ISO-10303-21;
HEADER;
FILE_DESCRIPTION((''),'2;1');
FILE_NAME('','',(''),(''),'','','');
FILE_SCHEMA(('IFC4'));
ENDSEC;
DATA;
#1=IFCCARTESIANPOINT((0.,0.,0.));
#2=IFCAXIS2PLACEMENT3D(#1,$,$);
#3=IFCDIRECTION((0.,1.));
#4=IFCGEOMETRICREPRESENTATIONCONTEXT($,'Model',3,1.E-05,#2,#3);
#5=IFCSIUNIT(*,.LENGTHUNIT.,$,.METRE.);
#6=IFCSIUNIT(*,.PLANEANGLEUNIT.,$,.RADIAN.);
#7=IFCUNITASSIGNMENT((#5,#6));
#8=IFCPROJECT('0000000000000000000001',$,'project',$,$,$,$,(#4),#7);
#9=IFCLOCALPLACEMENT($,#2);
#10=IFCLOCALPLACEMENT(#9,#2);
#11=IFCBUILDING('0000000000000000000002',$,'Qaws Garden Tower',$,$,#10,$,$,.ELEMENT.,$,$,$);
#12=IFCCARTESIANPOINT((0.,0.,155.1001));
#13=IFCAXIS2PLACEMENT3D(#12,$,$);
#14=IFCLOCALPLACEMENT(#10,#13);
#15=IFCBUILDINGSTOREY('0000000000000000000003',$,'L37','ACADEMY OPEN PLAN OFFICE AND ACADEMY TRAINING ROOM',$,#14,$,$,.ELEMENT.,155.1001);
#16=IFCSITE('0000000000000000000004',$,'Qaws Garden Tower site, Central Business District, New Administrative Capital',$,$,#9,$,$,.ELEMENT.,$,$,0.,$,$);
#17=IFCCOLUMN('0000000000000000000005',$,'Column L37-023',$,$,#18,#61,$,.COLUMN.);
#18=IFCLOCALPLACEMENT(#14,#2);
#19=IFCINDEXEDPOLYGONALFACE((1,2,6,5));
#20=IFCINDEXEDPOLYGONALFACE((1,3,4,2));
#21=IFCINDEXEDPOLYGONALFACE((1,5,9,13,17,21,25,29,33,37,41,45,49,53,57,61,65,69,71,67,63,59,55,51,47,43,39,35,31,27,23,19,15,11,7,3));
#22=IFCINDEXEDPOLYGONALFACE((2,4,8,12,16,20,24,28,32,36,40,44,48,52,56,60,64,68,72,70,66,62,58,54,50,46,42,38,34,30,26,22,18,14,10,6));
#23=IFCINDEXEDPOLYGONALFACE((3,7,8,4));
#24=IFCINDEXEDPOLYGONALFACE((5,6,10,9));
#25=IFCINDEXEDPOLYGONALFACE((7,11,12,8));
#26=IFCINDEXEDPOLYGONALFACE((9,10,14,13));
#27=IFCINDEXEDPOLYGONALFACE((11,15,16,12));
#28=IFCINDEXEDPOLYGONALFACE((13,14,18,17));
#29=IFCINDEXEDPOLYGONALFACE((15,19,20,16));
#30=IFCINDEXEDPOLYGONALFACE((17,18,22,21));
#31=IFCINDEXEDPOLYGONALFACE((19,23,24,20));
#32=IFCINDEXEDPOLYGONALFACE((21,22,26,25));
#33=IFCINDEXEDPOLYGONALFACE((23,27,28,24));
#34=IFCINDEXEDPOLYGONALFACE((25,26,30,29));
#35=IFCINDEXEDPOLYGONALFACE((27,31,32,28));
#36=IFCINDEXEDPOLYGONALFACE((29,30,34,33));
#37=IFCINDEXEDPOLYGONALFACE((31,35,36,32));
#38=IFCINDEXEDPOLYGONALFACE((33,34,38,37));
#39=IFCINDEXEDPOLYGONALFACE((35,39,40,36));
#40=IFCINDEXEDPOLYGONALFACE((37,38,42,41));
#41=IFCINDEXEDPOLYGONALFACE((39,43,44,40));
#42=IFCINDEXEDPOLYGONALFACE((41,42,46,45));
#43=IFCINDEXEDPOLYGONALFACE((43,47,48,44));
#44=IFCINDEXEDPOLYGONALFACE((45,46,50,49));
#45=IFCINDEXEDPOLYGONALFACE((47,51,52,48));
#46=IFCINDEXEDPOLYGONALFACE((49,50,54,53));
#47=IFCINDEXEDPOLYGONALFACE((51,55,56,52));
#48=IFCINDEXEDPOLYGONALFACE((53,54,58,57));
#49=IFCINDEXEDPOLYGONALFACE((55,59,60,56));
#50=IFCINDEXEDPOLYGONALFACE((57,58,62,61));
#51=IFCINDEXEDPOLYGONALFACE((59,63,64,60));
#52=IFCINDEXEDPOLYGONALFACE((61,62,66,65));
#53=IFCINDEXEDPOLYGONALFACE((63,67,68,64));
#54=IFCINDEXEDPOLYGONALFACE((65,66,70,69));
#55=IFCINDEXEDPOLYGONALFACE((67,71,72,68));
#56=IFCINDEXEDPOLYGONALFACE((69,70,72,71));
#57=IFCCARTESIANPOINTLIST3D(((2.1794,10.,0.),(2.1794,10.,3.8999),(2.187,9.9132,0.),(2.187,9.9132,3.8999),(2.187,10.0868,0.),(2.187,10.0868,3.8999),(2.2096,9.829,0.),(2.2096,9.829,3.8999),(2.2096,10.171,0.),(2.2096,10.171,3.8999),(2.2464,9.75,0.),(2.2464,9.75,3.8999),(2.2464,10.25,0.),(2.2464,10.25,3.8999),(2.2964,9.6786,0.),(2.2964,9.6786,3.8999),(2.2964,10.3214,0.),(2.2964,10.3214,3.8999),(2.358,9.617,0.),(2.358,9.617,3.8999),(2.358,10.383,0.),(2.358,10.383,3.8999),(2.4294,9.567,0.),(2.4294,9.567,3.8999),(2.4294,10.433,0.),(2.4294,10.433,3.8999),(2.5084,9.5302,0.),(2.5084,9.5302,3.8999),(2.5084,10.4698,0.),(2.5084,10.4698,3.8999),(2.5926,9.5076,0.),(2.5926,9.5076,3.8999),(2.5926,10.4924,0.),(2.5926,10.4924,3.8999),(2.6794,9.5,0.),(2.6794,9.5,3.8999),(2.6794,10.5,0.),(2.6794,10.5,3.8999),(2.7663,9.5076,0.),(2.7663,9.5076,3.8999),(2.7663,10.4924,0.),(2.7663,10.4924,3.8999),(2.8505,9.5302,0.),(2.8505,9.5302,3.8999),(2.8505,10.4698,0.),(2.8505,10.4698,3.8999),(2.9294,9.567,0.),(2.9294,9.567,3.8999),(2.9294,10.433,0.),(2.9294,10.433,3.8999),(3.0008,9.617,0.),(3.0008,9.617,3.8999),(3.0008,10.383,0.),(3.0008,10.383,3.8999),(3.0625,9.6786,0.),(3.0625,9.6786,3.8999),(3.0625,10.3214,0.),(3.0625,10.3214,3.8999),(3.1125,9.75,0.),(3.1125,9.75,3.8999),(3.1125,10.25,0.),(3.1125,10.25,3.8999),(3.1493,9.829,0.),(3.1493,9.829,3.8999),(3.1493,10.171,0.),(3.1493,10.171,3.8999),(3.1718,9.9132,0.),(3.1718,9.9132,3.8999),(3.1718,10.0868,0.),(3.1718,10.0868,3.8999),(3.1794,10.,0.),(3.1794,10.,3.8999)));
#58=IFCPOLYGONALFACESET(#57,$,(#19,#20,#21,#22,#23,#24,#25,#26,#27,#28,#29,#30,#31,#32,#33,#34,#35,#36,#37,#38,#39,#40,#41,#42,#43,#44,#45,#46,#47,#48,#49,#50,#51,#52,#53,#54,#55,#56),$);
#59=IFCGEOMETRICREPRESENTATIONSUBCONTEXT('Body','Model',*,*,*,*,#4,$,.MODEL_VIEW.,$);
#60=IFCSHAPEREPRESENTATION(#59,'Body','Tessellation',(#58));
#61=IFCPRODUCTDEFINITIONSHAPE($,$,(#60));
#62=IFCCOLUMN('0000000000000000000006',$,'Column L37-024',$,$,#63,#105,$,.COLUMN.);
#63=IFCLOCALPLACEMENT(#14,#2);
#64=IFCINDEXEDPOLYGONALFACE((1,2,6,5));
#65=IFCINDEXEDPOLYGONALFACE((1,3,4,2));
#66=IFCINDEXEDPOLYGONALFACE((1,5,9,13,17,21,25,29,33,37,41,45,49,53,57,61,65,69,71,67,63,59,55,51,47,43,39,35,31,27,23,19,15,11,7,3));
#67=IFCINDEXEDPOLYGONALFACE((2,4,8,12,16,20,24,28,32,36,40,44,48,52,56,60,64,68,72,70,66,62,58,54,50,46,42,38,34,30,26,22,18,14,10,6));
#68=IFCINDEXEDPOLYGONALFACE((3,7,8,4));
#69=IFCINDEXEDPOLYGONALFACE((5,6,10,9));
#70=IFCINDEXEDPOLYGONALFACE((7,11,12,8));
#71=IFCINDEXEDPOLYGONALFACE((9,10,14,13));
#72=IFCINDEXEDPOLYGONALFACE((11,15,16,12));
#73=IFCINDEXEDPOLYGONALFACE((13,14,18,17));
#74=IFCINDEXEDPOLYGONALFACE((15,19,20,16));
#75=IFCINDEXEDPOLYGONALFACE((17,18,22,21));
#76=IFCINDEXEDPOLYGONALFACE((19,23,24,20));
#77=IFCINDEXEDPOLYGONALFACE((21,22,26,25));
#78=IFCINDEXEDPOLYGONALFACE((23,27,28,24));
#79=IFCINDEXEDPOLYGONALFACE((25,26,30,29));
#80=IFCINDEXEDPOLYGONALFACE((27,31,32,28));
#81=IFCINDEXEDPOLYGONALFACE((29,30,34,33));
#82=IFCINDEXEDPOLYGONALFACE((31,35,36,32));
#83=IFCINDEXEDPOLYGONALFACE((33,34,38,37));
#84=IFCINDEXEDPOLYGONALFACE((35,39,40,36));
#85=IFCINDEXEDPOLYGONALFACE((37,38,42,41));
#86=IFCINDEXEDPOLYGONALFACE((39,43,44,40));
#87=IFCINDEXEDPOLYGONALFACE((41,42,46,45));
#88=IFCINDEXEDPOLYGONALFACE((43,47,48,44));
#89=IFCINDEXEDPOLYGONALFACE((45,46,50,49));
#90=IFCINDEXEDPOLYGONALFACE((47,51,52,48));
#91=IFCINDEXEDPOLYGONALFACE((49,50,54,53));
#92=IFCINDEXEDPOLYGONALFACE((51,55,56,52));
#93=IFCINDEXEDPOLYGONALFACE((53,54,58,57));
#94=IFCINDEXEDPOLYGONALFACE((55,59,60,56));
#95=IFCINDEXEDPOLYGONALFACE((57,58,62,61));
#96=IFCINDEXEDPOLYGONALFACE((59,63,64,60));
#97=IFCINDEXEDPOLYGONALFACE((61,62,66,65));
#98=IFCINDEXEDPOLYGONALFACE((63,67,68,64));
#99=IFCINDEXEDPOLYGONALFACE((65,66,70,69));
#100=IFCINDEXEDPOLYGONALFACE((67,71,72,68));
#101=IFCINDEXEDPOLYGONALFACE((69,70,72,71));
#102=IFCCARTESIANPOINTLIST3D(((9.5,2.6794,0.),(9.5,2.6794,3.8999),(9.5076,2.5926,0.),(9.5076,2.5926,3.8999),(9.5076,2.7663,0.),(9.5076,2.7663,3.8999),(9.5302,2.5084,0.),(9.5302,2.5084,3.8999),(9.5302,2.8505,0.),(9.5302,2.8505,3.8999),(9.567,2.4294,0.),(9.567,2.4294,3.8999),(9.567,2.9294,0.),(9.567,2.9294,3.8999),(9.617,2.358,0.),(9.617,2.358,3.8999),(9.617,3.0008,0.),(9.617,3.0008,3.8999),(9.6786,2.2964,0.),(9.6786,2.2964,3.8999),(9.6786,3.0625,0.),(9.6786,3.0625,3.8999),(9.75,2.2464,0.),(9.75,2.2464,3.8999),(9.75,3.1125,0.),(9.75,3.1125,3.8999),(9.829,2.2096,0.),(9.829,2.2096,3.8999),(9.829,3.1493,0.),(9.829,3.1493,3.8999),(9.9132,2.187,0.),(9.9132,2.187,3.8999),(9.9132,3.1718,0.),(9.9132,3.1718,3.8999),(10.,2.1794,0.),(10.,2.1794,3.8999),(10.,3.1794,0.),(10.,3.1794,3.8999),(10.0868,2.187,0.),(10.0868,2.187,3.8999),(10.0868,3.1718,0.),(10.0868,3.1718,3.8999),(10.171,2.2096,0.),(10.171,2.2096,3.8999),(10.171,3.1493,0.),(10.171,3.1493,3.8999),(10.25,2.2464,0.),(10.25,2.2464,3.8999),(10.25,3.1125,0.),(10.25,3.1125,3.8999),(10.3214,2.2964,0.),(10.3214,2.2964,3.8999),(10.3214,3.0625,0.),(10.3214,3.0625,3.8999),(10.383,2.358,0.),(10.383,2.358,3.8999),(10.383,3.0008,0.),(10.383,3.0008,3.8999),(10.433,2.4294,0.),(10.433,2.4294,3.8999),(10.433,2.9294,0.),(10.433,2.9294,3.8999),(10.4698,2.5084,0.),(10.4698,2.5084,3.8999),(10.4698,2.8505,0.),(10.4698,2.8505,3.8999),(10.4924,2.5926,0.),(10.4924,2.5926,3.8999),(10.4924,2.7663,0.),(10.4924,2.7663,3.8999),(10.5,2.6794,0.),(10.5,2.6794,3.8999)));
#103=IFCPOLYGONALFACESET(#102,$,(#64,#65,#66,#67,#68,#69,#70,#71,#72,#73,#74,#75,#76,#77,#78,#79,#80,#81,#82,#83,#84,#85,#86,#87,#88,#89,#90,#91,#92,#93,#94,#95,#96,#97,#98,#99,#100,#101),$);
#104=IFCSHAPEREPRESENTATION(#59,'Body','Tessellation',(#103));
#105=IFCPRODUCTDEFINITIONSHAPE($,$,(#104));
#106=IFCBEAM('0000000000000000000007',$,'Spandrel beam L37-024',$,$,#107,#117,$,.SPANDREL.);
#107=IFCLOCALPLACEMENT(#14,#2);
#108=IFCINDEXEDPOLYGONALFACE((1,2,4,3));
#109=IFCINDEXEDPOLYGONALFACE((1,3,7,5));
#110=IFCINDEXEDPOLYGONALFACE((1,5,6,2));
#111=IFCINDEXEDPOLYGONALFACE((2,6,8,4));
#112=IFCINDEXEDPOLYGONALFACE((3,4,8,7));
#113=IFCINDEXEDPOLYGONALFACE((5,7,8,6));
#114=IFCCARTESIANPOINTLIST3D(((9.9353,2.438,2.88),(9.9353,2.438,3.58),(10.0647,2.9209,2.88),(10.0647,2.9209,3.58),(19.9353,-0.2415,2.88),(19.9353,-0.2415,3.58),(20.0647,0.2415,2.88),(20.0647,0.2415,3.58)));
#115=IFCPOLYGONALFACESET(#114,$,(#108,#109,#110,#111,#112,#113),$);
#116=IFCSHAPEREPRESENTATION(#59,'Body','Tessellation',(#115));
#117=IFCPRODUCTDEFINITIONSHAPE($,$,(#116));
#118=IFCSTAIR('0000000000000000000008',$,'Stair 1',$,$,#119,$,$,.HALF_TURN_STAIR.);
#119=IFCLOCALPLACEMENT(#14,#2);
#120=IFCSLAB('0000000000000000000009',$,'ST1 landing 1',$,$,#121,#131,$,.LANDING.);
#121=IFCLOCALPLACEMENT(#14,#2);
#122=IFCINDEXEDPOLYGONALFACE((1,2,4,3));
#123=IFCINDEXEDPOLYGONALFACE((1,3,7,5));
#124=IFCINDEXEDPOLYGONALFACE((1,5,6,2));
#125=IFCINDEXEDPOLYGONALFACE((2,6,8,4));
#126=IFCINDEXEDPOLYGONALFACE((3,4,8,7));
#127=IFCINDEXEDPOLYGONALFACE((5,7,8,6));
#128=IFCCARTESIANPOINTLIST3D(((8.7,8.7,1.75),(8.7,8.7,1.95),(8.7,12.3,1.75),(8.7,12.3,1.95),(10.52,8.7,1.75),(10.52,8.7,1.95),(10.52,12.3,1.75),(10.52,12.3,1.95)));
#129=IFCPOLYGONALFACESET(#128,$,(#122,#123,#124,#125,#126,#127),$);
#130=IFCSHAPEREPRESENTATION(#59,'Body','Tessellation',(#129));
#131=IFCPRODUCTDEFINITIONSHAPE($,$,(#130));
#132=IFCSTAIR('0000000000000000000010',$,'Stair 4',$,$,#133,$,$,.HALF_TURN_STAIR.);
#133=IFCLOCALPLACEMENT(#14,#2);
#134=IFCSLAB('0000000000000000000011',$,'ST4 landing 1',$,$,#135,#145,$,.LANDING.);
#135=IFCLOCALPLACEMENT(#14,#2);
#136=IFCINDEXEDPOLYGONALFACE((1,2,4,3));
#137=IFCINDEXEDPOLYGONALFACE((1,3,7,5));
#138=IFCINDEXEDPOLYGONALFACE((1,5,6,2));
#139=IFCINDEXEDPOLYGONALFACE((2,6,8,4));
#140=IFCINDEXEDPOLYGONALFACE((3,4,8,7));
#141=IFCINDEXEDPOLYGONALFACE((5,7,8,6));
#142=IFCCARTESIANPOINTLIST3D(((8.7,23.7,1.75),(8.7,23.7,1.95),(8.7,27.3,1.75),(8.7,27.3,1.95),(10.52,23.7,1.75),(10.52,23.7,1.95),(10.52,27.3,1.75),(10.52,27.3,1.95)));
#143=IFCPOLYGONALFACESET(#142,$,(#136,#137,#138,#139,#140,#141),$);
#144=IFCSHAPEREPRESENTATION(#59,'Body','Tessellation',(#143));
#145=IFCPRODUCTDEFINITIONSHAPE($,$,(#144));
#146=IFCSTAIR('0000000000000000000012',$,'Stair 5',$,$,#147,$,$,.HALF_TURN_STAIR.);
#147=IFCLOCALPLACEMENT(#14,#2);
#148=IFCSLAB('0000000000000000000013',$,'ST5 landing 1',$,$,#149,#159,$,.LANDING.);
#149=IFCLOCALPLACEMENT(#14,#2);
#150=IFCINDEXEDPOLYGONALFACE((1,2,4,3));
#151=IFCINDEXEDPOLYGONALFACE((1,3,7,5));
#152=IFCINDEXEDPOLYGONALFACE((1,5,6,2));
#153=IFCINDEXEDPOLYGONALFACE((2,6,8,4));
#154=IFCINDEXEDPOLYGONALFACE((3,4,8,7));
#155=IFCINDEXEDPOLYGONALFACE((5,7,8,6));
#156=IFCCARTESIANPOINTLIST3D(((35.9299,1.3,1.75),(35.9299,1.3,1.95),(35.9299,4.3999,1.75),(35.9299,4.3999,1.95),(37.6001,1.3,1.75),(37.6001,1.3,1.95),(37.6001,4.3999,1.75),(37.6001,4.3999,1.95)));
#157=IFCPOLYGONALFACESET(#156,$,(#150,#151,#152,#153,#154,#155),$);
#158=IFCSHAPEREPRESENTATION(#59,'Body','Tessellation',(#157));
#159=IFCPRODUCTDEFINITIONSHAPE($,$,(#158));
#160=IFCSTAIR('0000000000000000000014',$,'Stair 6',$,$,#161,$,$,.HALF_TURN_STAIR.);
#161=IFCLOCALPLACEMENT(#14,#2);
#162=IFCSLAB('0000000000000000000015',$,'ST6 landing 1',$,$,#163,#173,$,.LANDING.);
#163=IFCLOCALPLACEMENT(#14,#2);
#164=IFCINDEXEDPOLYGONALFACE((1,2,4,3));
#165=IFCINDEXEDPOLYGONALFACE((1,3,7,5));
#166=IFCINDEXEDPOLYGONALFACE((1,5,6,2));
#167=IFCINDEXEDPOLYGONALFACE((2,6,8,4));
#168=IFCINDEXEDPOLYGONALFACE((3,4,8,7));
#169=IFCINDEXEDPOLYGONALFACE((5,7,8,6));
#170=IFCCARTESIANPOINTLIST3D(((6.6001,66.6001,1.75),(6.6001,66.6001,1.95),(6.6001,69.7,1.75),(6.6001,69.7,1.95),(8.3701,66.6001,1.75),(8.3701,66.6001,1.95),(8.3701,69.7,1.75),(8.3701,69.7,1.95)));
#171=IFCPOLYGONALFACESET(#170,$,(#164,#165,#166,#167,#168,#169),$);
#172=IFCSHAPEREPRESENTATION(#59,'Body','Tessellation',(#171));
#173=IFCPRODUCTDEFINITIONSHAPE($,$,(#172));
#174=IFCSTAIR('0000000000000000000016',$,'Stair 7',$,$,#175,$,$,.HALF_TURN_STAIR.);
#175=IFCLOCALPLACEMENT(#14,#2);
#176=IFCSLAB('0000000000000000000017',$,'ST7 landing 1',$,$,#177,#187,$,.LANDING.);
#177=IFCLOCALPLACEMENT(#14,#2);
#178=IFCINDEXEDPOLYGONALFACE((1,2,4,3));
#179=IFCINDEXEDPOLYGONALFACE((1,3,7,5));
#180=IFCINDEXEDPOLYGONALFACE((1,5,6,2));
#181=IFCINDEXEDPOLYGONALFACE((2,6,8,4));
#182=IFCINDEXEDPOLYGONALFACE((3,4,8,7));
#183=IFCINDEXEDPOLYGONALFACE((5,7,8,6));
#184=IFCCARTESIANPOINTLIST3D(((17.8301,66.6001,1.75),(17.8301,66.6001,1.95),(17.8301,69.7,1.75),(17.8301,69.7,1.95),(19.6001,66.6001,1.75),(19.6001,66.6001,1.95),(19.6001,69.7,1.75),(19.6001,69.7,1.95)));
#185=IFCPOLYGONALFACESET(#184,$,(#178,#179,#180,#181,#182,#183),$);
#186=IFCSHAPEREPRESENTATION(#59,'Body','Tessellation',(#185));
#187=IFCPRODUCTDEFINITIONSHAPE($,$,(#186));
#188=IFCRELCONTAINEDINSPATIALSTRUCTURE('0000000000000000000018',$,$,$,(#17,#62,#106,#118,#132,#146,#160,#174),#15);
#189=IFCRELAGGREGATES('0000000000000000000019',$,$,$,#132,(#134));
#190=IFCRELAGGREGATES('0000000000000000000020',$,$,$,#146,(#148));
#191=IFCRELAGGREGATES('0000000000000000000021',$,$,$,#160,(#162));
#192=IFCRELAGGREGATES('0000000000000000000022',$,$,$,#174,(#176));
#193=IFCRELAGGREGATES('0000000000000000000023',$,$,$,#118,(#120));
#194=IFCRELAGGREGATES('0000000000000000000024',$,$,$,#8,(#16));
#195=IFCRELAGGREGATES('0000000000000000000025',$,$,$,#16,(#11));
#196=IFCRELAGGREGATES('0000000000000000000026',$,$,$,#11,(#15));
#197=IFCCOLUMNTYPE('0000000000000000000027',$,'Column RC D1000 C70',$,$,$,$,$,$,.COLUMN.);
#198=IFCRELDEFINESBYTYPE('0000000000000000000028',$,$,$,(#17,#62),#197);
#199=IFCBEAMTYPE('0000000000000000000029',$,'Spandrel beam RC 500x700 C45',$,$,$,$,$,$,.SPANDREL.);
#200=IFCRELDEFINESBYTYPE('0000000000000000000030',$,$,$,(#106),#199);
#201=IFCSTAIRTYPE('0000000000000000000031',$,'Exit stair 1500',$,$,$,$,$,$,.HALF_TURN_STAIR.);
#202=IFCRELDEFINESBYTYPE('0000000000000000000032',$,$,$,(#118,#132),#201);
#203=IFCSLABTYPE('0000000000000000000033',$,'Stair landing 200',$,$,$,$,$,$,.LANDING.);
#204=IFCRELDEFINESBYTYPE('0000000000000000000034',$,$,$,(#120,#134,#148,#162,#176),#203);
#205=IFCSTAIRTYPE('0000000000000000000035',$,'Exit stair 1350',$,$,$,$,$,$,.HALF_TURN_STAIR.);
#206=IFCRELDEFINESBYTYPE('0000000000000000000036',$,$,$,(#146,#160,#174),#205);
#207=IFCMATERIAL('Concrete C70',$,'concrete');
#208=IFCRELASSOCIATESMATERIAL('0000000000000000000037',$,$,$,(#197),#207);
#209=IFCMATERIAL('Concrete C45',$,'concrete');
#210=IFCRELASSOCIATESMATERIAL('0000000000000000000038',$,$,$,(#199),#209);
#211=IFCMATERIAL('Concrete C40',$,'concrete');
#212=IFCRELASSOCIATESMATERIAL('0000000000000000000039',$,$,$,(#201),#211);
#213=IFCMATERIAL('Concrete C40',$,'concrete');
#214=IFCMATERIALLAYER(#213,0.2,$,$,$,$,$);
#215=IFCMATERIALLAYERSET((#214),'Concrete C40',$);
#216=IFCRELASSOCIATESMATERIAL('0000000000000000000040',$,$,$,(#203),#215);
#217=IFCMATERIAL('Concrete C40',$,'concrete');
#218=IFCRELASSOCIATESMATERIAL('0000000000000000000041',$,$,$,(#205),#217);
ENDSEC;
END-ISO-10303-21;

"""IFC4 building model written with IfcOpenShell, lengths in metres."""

from ifc_helpers import new_model, si_unit, direction, frame, origin, origin_2d, place, context, subcontext, project, spatial, polyline, rectangle, circle, outline, extrude, material, layer, layer_set, material_profile, profile_set, type_object, element, aggregate, save


model = new_model("IFC4")

# Units and contexts
model_context = context("Model", 3, precision=1e-05, world=origin(), true_north=direction((0.0, 1.0)))
body_context = subcontext(model_context, "Body", "Model", "MODEL_VIEW")
ifc_project = project(units=[si_unit("LENGTHUNIT", "METRE"), si_unit("PLANEANGLEUNIT", "RADIAN")], contexts=[model_context])

# Site, building, storey
site_placement = place(None, origin())
site = spatial("IfcSite", under=ifc_project, at=site_placement, Name="Qaws Garden Tower site, Central Business District, New Administrative Capital", CompositionType="ELEMENT", RefElevation=0.0)
building_placement = place(site_placement, origin())
building = spatial("IfcBuilding", under=site, at=building_placement, Name="Qaws Garden Tower", CompositionType="ELEMENT")
storey_placement = place(building_placement, frame((0.0, 0.0, 155.1001)))
storey = spatial("IfcBuildingStorey", under=building, at=storey_placement, Name="L37", Description="ACADEMY OPEN PLAN OFFICE AND ACADEMY TRAINING ROOM", CompositionType="ELEMENT", Elevation=155.1001)

# Columns
ifc_material_1 = material(Name="Concrete C70", Category="concrete")
ifc_material_profile_1 = material_profile(ifc_material_1, circle(Radius=0.5, at=origin_2d()), Name="RC D1000")
ifc_profile_set_1 = profile_set([ifc_material_profile_1], Name="Concrete C70")
column_type = type_object("IfcColumnType", Name="Column RC D1000 C70", PredefinedType="COLUMN", material=ifc_profile_set_1)
for number, where, z_axis, x_axis, name in (
    (1, (2.6794, 10.0, 0.0), (0.0, 0.0, 1.0), (1.0, 0.0, 0.0), "Column L37-023"),
    (2, (10.0, 2.6794, 0.0), (0.0, 0.0, 1.0), (1.0, 0.0, 0.0), "Column L37-024"),
):
    element("IfcColumn", number, at=place(storey_placement, frame(where, z_axis=z_axis, x_axis=x_axis)), inside=storey, type_object=column_type, Name=name, PredefinedType="COLUMN", context=body_context, shape_type="SweptSolid", body=[
        extrude(circle(Radius=0.5, at=origin_2d()), origin(), (0.0, 0.0, 1.0), 3.8999),
    ])

# Beam
ifc_material_2 = material(Name="Concrete C45", Category="concrete")
ifc_material_profile_2 = material_profile(ifc_material_2, rectangle(XDim=0.5, YDim=0.7, at=origin_2d()), Name="RC 500x700")
ifc_profile_set_2 = profile_set([ifc_material_profile_2], Name="Concrete C45")
beam_type = type_object("IfcBeamType", Name="Spandrel beam RC 500x700 C45", PredefinedType="SPANDREL", material=ifc_profile_set_2)
beam_placement = place(storey_placement, frame((10.0, 2.6794, 3.23), z_axis=(0.965927, -0.258815, 0.0), x_axis=(0.258815, 0.965927, 0.0)))
element("IfcBeam", 3, at=beam_placement, inside=storey, type_object=beam_type, Name="Spandrel beam L37-024", PredefinedType="SPANDREL", context=body_context, shape_type="SweptSolid", body=[
    extrude(rectangle(XDim=0.5, YDim=0.7, at=origin_2d()), origin(), (0.0, 0.0, 1.0), 10.3528),
])

# Stairs, slabs
ifc_material_3 = material(Name="Concrete C40", Category="concrete")
stair_type_1 = type_object("IfcStairType", Name="Exit stair 1500", PredefinedType="HALF_TURN_STAIR", material=ifc_material_3)
placement_1 = place(storey_placement, origin())
stair_1 = element("IfcStair", 4, at=placement_1, inside=storey, type_object=stair_type_1, Name="Stair 1", PredefinedType="HALF_TURN_STAIR")
ifc_material_4 = material(Name="Concrete C40", Category="concrete")
ifc_layer_1 = layer(ifc_material_4, 0.2)
ifc_layer_set_1 = layer_set([ifc_layer_1], Name="Concrete C40")
slab_type = type_object("IfcSlabType", Name="Stair landing 200", PredefinedType="LANDING", material=ifc_layer_set_1)
placement_2 = place(storey_placement, frame((0.0, 0.0, 1.75)))
slab_1 = element("IfcSlab", 5, at=placement_2, type_object=slab_type, Name="ST1 landing 1", PredefinedType="LANDING", context=body_context, shape_type="SweptSolid", body=[
    extrude(outline(polyline([(8.7, 8.7), (10.52, 8.7), (10.52, 12.3), (8.7, 12.3), (8.7, 8.7)])), origin(), (0.0, 0.0, 1.0), 0.2),
])
stair_2 = element("IfcStair", 6, at=placement_1, inside=storey, type_object=stair_type_1, Name="Stair 4", PredefinedType="HALF_TURN_STAIR")
slab_2 = element("IfcSlab", 7, at=placement_2, type_object=slab_type, Name="ST4 landing 1", PredefinedType="LANDING", context=body_context, shape_type="SweptSolid", body=[
    extrude(outline(polyline([(8.7, 23.7), (10.52, 23.7), (10.52, 27.3), (8.7, 27.3), (8.7, 23.7)])), origin(), (0.0, 0.0, 1.0), 0.2),
])
aggregate(stair_2, [slab_2])
ifc_material_5 = material(Name="Concrete C40", Category="concrete")
stair_type_2 = type_object("IfcStairType", Name="Exit stair 1350", PredefinedType="HALF_TURN_STAIR", material=ifc_material_5)
stair_3 = element("IfcStair", 8, at=placement_1, inside=storey, type_object=stair_type_2, Name="Stair 5", PredefinedType="HALF_TURN_STAIR")
slab_3 = element("IfcSlab", 9, at=placement_2, type_object=slab_type, Name="ST5 landing 1", PredefinedType="LANDING", context=body_context, shape_type="SweptSolid", body=[
    extrude(outline(polyline([(35.9299, 1.3), (37.6001, 1.3), (37.6001, 4.3999), (35.9299, 4.3999), (35.9299, 1.3)])), origin(), (0.0, 0.0, 1.0), 0.2),
])
aggregate(stair_3, [slab_3])
stair_4 = element("IfcStair", 10, at=placement_1, inside=storey, type_object=stair_type_2, Name="Stair 6", PredefinedType="HALF_TURN_STAIR")
slab_4 = element("IfcSlab", 11, at=placement_2, type_object=slab_type, Name="ST6 landing 1", PredefinedType="LANDING", context=body_context, shape_type="SweptSolid", body=[
    extrude(outline(polyline([(6.6001, 66.6001), (8.3701, 66.6001), (8.3701, 69.7), (6.6001, 69.7), (6.6001, 66.6001)])), origin(), (0.0, 0.0, 1.0), 0.2),
])
aggregate(stair_4, [slab_4])
stair_5 = element("IfcStair", 12, at=placement_1, inside=storey, type_object=stair_type_2, Name="Stair 7", PredefinedType="HALF_TURN_STAIR")
slab_5 = element("IfcSlab", 13, at=placement_2, type_object=slab_type, Name="ST7 landing 1", PredefinedType="LANDING", context=body_context, shape_type="SweptSolid", body=[
    extrude(outline(polyline([(17.8301, 66.6001), (19.6001, 66.6001), (19.6001, 69.7), (17.8301, 69.7), (17.8301, 66.6001)])), origin(), (0.0, 0.0, 1.0), 0.2),
])
aggregate(stair_5, [slab_5])

aggregate(stair_1, [slab_1])

save(model, "model.ifc")
